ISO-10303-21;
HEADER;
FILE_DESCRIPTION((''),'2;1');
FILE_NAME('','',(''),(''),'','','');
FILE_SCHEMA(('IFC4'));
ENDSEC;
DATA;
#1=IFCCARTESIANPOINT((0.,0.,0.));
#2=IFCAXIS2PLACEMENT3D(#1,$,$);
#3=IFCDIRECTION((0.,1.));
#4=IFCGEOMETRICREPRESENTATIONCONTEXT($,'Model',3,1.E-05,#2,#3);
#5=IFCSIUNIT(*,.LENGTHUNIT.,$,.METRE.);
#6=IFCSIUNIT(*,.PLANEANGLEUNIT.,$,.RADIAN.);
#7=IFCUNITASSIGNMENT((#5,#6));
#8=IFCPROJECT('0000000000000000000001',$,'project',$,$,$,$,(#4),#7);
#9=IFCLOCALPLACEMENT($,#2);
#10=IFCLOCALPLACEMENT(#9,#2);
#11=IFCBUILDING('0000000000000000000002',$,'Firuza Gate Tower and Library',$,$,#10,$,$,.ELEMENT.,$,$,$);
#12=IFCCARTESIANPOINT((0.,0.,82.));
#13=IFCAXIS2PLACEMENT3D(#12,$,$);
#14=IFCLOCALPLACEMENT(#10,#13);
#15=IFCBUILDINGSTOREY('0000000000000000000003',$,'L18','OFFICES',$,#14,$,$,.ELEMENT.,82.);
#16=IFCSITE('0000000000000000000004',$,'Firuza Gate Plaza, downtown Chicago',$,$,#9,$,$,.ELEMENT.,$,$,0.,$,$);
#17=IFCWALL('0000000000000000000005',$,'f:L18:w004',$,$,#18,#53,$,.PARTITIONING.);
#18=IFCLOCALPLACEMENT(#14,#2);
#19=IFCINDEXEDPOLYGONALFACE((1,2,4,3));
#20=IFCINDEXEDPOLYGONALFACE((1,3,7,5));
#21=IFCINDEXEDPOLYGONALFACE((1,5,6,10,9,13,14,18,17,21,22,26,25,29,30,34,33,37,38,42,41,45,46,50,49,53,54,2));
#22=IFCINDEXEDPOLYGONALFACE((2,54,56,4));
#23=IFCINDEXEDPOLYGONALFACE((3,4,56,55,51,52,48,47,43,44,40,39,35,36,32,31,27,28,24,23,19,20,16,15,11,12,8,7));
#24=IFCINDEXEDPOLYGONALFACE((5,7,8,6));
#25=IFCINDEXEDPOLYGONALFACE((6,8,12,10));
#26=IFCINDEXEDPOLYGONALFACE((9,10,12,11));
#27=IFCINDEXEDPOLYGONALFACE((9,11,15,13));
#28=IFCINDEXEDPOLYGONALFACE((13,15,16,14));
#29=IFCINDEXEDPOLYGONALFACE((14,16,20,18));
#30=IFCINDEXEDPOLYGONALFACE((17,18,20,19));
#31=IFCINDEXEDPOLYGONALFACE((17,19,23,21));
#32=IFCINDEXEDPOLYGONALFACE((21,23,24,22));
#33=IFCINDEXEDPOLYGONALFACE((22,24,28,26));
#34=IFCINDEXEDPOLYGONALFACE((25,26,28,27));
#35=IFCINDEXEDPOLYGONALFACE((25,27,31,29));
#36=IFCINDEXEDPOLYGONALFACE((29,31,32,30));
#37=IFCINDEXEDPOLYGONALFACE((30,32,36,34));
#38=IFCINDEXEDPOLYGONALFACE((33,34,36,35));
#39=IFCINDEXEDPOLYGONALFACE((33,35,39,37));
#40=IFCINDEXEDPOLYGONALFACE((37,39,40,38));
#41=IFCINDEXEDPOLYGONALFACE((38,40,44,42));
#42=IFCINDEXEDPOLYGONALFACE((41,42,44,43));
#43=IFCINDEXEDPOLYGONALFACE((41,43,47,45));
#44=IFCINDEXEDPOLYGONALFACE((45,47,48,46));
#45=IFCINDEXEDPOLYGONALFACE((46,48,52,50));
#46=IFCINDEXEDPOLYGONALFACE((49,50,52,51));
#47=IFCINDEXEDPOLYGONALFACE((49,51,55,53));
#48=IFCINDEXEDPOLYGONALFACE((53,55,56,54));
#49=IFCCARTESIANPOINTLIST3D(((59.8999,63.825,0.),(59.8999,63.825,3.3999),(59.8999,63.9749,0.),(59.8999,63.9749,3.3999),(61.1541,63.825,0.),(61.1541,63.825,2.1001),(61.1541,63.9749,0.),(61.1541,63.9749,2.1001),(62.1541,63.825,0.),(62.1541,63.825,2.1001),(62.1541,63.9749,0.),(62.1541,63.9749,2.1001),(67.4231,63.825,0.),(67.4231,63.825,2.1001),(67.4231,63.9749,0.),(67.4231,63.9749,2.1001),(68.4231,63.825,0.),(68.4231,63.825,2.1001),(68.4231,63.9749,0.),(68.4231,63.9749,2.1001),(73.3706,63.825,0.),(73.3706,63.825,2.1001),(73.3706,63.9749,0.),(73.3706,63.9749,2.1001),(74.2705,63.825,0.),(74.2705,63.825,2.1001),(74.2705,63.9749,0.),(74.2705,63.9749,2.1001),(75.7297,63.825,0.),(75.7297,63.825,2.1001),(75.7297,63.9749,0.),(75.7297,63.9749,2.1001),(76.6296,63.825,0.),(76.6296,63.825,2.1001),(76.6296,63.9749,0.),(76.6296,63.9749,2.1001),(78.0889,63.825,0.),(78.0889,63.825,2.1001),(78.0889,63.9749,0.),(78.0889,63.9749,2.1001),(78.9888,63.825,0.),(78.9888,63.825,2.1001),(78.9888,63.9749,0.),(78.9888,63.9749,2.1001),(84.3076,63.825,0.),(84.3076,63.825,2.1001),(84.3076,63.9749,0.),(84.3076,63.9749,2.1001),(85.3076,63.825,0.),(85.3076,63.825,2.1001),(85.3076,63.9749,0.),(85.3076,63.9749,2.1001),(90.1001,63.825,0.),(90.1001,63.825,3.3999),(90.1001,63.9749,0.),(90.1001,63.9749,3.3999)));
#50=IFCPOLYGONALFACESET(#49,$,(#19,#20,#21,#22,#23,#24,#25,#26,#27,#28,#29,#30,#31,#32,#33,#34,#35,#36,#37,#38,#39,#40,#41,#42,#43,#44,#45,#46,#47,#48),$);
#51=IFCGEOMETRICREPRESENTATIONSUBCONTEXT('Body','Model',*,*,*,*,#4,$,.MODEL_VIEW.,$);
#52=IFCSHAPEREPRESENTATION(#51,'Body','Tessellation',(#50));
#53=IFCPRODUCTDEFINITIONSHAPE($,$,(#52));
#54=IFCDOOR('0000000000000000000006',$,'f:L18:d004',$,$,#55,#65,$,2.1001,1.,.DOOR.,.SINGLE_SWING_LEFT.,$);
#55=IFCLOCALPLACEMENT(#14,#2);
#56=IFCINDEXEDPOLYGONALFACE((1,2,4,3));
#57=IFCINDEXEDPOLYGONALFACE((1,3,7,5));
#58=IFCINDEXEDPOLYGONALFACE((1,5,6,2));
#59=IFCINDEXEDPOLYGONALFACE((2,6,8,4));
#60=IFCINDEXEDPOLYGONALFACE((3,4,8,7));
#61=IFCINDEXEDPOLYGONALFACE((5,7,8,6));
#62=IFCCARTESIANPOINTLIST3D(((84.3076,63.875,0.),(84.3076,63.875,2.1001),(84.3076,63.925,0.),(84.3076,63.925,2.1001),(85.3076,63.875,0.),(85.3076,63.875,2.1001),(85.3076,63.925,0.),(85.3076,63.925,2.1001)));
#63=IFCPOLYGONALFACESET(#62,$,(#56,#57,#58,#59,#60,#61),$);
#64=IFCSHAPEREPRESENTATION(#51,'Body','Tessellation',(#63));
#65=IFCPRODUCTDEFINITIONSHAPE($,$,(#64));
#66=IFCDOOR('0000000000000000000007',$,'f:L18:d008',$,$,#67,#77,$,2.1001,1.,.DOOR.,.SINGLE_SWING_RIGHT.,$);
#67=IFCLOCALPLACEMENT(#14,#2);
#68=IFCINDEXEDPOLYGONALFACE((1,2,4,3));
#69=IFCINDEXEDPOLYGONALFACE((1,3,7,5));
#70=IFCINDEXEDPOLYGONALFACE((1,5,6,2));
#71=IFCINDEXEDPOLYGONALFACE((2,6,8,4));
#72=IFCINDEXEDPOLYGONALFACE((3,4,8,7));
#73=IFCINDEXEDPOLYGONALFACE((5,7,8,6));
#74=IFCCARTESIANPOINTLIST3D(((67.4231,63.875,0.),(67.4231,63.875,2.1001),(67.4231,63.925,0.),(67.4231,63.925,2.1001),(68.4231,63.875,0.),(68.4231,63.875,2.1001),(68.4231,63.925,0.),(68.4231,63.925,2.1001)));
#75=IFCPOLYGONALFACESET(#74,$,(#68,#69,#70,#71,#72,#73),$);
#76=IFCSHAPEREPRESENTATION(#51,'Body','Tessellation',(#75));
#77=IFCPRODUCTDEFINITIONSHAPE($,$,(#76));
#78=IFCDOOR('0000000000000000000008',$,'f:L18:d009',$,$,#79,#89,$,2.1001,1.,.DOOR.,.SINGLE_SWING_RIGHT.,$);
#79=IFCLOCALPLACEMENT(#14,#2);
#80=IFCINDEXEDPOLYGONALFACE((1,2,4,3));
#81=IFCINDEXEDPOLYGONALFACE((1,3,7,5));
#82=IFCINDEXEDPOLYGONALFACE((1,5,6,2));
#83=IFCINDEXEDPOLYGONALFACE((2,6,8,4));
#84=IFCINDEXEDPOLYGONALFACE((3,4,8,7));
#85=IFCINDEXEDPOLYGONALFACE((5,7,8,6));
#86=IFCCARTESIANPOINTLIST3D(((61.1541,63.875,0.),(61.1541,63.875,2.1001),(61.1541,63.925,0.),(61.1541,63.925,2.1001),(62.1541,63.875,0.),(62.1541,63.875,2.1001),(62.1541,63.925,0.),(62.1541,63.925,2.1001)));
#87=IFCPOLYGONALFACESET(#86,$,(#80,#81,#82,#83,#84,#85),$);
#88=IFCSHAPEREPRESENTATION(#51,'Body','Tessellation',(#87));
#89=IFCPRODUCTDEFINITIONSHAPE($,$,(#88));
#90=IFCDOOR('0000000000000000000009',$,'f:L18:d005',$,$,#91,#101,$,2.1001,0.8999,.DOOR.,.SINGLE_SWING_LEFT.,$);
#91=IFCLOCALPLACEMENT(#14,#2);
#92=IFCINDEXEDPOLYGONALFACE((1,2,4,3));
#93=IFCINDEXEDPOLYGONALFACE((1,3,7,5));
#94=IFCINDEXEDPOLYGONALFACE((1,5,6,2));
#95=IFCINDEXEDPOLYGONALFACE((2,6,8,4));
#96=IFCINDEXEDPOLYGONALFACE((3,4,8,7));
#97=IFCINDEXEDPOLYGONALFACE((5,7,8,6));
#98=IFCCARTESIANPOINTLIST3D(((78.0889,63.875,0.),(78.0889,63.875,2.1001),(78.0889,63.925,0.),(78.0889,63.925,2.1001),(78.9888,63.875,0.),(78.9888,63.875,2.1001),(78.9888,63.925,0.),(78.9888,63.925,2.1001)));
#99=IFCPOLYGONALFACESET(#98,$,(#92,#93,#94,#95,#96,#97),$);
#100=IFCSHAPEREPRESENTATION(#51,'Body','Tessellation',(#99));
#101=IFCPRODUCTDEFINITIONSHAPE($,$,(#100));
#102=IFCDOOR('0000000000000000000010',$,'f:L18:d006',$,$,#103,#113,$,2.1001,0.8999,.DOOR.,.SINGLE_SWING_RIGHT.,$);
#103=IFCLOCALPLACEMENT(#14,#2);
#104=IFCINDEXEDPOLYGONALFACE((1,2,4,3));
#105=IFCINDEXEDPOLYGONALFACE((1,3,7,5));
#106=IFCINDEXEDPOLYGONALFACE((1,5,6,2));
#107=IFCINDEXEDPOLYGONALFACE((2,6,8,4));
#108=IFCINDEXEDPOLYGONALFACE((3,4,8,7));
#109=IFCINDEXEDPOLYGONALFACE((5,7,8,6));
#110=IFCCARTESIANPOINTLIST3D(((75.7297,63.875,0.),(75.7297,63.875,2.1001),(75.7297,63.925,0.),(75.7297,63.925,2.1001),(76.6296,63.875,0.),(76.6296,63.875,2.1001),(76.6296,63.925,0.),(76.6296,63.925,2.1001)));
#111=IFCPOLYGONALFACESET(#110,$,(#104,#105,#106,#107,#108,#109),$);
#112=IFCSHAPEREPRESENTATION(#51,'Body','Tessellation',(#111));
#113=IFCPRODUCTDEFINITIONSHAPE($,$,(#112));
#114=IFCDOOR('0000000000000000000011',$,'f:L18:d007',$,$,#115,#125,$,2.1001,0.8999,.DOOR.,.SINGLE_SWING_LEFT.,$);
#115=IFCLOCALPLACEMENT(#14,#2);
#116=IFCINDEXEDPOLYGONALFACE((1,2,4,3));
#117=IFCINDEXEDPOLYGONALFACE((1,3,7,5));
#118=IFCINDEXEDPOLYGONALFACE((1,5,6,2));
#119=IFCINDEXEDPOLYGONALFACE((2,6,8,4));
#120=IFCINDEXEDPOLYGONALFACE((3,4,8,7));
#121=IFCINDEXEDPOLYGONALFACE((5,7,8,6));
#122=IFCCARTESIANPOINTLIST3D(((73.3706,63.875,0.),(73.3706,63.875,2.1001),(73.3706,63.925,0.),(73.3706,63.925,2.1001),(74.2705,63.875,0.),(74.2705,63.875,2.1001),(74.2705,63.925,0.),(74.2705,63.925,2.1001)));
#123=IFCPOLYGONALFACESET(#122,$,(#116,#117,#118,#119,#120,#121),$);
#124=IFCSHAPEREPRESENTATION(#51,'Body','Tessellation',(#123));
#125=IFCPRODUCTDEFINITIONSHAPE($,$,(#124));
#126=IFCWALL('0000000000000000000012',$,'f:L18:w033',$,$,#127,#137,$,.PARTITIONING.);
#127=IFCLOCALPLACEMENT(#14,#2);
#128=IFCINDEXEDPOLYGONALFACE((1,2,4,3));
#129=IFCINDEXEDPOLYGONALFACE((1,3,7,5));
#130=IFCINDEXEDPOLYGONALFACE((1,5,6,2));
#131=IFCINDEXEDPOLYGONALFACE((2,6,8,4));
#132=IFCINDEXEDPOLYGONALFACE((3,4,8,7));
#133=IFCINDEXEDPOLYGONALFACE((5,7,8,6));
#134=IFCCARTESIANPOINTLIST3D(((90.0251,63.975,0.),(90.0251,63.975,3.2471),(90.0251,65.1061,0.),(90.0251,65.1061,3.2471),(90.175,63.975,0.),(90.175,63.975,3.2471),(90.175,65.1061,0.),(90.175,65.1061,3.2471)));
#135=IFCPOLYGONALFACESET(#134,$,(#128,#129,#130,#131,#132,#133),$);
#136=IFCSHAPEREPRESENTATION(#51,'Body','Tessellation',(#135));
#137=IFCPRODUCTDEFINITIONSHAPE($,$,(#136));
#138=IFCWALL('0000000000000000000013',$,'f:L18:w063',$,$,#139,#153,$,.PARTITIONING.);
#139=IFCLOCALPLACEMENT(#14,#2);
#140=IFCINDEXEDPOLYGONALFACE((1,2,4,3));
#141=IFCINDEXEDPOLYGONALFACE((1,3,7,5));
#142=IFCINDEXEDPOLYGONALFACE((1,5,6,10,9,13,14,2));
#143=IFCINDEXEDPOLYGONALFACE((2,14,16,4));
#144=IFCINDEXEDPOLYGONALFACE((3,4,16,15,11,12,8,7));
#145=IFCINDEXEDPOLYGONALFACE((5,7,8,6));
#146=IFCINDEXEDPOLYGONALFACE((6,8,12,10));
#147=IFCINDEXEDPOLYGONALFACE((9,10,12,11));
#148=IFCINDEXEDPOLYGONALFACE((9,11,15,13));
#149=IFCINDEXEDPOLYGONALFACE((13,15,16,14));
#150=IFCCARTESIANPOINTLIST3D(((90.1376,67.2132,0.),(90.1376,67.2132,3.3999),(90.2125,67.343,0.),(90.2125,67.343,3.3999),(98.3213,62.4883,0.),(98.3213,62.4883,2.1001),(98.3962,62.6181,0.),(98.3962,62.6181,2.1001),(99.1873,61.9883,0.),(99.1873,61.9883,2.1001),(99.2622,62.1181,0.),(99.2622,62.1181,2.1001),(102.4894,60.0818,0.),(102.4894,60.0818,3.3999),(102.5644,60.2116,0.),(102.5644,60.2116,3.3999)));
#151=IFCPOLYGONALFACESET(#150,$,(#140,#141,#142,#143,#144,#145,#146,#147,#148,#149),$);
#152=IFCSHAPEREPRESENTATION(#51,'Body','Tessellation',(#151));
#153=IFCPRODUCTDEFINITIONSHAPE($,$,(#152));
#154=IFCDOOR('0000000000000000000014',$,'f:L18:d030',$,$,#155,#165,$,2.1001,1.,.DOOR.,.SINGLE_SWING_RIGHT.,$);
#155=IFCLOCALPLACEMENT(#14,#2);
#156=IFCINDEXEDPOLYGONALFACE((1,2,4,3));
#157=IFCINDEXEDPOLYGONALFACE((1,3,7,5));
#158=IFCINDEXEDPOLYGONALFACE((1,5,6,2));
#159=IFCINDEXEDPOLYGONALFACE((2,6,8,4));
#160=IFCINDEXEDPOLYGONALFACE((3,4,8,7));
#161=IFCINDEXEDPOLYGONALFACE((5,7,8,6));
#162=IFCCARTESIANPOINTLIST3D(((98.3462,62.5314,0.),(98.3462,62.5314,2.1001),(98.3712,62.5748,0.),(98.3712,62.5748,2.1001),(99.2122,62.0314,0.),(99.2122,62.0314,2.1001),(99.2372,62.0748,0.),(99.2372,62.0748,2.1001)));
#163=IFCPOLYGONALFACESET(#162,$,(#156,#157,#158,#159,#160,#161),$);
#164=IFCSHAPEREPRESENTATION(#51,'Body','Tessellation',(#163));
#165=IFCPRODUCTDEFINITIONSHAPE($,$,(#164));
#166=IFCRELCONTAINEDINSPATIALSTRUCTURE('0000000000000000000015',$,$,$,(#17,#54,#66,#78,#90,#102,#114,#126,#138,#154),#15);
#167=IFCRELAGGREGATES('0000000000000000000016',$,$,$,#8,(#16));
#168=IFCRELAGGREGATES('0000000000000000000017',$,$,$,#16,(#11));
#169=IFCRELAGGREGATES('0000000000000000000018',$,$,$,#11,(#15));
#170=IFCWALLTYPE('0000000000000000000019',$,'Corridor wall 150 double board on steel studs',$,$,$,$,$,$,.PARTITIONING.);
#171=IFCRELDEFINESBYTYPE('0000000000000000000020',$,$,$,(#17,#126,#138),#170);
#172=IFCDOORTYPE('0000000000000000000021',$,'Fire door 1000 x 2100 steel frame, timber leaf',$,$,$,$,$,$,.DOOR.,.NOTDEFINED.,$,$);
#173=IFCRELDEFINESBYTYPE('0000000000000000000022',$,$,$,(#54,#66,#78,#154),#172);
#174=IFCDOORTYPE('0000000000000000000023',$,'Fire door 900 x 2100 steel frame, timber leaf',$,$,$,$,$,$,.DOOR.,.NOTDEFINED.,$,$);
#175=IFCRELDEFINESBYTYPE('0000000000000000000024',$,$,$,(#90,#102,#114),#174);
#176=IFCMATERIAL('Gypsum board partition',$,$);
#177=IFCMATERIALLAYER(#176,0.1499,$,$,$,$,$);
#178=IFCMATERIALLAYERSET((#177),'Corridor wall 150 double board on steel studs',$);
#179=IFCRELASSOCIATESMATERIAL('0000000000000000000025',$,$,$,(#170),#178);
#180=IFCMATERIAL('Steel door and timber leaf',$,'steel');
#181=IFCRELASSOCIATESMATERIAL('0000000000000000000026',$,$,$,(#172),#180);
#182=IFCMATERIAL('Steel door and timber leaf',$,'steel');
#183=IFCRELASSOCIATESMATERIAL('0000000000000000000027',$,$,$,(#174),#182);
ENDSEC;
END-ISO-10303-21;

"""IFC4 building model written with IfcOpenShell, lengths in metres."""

from ifc_helpers import new_model, si_unit, direction, frame, frame_2d, origin, place, context, subcontext, project, spatial, rectangle, extrude, material, layer, layer_set, type_object, element, fill, save


model = new_model("IFC4")

# Units and contexts
model_context = context("Model", 3, precision=1e-05, world=origin(), true_north=direction((0.0, 1.0)))
body_context = subcontext(model_context, "Body", "Model", "MODEL_VIEW")
ifc_project = project(units=[si_unit("LENGTHUNIT", "METRE"), si_unit("PLANEANGLEUNIT", "RADIAN")], contexts=[model_context])

# Site, building, storey
site_placement = place(None, origin())
site = spatial("IfcSite", under=ifc_project, at=site_placement, Name="Firuza Gate Plaza, downtown Chicago", CompositionType="ELEMENT", RefElevation=0.0)
building_placement = place(site_placement, origin())
building = spatial("IfcBuilding", under=site, at=building_placement, Name="Firuza Gate Tower and Library", CompositionType="ELEMENT")
storey_placement = place(building_placement, frame((0.0, 0.0, 82.0)))
storey = spatial("IfcBuildingStorey", under=building, at=storey_placement, Name="L18", Description="OFFICES", CompositionType="ELEMENT", Elevation=82.0)

# Wall, openings, doors
ifc_material_1 = material(Name="Gypsum board partition")
ifc_layer_1 = layer(ifc_material_1, 0.1499)
ifc_layer_set_1 = layer_set([ifc_layer_1], Name="Corridor wall 150 double board on steel studs")
wall_type_1 = type_object("IfcWallType", Name="Corridor wall 150 double board on steel studs", PredefinedType="PARTITIONING", material=ifc_layer_set_1)
wall_1_placement = place(storey_placement, frame((90.1001, 63.8999, 0.0), z_axis=(0.0, 0.0, 1.0), x_axis=(-1.0, 0.0, 0.0)))
wall_1 = element("IfcWall", 1, at=wall_1_placement, inside=storey, type_object=wall_type_1, Name="f:L18:w004", PredefinedType="PARTITIONING", context=body_context, shape_type="SweptSolid", body=[
    extrude(rectangle(XDim=30.2002, YDim=0.1499, at=frame_2d((15.1001, 0.0))), origin(), (0.0, 0.0, 1.0), 3.3999),
])
opening_1_placement = place(wall_1_placement, frame((4.7925, 0.0, 0.0)))
opening_1 = element("IfcOpeningElement", 2, at=opening_1_placement, cuts=wall_1, PredefinedType="OPENING", context=body_context, shape_type="SweptSolid", body=[
    extrude(rectangle(XDim=1.0, YDim=2.1001, at=frame_2d((0.5, 1.05))), frame((0.0, 0.085, 0.0), z_axis=(0.0, -1.0, 0.0), x_axis=(1.0, 0.0, 0.0)), (0.0, 0.0, 1.0), 0.1699),
])
opening_2_placement = place(wall_1_placement, frame((11.1113, 0.0, 0.0)))
opening_2 = element("IfcOpeningElement", 3, at=opening_2_placement, cuts=wall_1, PredefinedType="OPENING", context=body_context, shape_type="SweptSolid", body=[
    extrude(rectangle(XDim=0.8999, YDim=2.1001, at=frame_2d((0.45, 1.05))), frame((0.0, 0.085, 0.0), z_axis=(0.0, -1.0, 0.0), x_axis=(1.0, 0.0, 0.0)), (0.0, 0.0, 1.0), 0.1699),
])
opening_3_placement = place(wall_1_placement, frame((13.4705, 0.0, 0.0)))
opening_3 = element("IfcOpeningElement", 4, at=opening_3_placement, cuts=wall_1, PredefinedType="OPENING", context=body_context, shape_type="SweptSolid", body=[
    extrude(rectangle(XDim=0.8999, YDim=2.1001, at=frame_2d((0.45, 1.05))), frame((0.0, 0.085, 0.0), z_axis=(0.0, -1.0, 0.0), x_axis=(1.0, 0.0, 0.0)), (0.0, 0.0, 1.0), 0.1699),
])
opening_4_placement = place(wall_1_placement, frame((15.8296, 0.0, 0.0)))
opening_4 = element("IfcOpeningElement", 5, at=opening_4_placement, cuts=wall_1, PredefinedType="OPENING", context=body_context, shape_type="SweptSolid", body=[
    extrude(rectangle(XDim=0.8999, YDim=2.1001, at=frame_2d((0.45, 1.05))), frame((0.0, 0.085, 0.0), z_axis=(0.0, -1.0, 0.0), x_axis=(1.0, 0.0, 0.0)), (0.0, 0.0, 1.0), 0.1699),
])
opening_5_placement = place(wall_1_placement, frame((21.677, 0.0, 0.0)))
opening_5 = element("IfcOpeningElement", 6, at=opening_5_placement, cuts=wall_1, PredefinedType="OPENING", context=body_context, shape_type="SweptSolid", body=[
    extrude(rectangle(XDim=1.0, YDim=2.1001, at=frame_2d((0.5, 1.05))), frame((0.0, 0.085, 0.0), z_axis=(0.0, -1.0, 0.0), x_axis=(1.0, 0.0, 0.0)), (0.0, 0.0, 1.0), 0.1699),
])
opening_6_placement = place(wall_1_placement, frame((27.946, 0.0, 0.0)))
opening_6 = element("IfcOpeningElement", 7, at=opening_6_placement, cuts=wall_1, PredefinedType="OPENING", context=body_context, shape_type="SweptSolid", body=[
    extrude(rectangle(XDim=1.0, YDim=2.1001, at=frame_2d((0.5, 1.05))), frame((0.0, 0.085, 0.0), z_axis=(0.0, -1.0, 0.0), x_axis=(1.0, 0.0, 0.0)), (0.0, 0.0, 1.0), 0.1699),
])
ifc_material_2 = material(Name="Steel door and timber leaf", Category="steel")
door_type_1 = type_object("IfcDoorType", Name="Fire door 1000 x 2100 steel frame, timber leaf", OperationType="NOTDEFINED", PredefinedType="DOOR", material=ifc_material_2)
door_1_placement = place(opening_1_placement, origin())
door_1 = element("IfcDoor", 8, at=door_1_placement, inside=storey, type_object=door_type_1, Name="f:L18:d004", OperationType="SINGLE_SWING_LEFT", OverallHeight=2.1001, OverallWidth=1.0, PredefinedType="DOOR", context=body_context, shape_type="SweptSolid", body=[
    extrude(rectangle(XDim=1.0, YDim=2.1001, at=frame_2d((0.5, 1.05))), frame((0.0, 0.0249, 0.0), z_axis=(0.0, -1.0, 0.0), x_axis=(1.0, 0.0, 0.0)), (0.0, 0.0, 1.0), 0.05),
])
fill(opening_1, door_1)
door_2_placement = place(opening_5_placement, origin())
door_2 = element("IfcDoor", 9, at=door_2_placement, inside=storey, type_object=door_type_1, Name="f:L18:d008", OperationType="SINGLE_SWING_RIGHT", OverallHeight=2.1001, OverallWidth=1.0, PredefinedType="DOOR", context=body_context, shape_type="SweptSolid", body=[
    extrude(rectangle(XDim=1.0, YDim=2.1001, at=frame_2d((0.5, 1.05))), frame((0.0, 0.0249, 0.0), z_axis=(0.0, -1.0, 0.0), x_axis=(1.0, 0.0, 0.0)), (0.0, 0.0, 1.0), 0.05),
])
fill(opening_5, door_2)
door_3_placement = place(opening_6_placement, origin())
door_3 = element("IfcDoor", 10, at=door_3_placement, inside=storey, type_object=door_type_1, Name="f:L18:d009", OperationType="SINGLE_SWING_RIGHT", OverallHeight=2.1001, OverallWidth=1.0, PredefinedType="DOOR", context=body_context, shape_type="SweptSolid", body=[
    extrude(rectangle(XDim=1.0, YDim=2.1001, at=frame_2d((0.5, 1.05))), frame((0.0, 0.0249, 0.0), z_axis=(0.0, -1.0, 0.0), x_axis=(1.0, 0.0, 0.0)), (0.0, 0.0, 1.0), 0.05),
])
fill(opening_6, door_3)
ifc_material_3 = material(Name="Steel door and timber leaf", Category="steel")
door_type_2 = type_object("IfcDoorType", Name="Fire door 900 x 2100 steel frame, timber leaf", OperationType="NOTDEFINED", PredefinedType="DOOR", material=ifc_material_3)
door_4_placement = place(opening_2_placement, origin())
door_4 = element("IfcDoor", 11, at=door_4_placement, inside=storey, type_object=door_type_2, Name="f:L18:d005", OperationType="SINGLE_SWING_LEFT", OverallHeight=2.1001, OverallWidth=0.8999, PredefinedType="DOOR", context=body_context, shape_type="SweptSolid", body=[
    extrude(rectangle(XDim=0.8999, YDim=2.1001, at=frame_2d((0.45, 1.05))), frame((0.0, 0.0249, 0.0), z_axis=(0.0, -1.0, 0.0), x_axis=(1.0, 0.0, 0.0)), (0.0, 0.0, 1.0), 0.05),
])
fill(opening_2, door_4)
door_5_placement = place(opening_3_placement, origin())
door_5 = element("IfcDoor", 12, at=door_5_placement, inside=storey, type_object=door_type_2, Name="f:L18:d006", OperationType="SINGLE_SWING_RIGHT", OverallHeight=2.1001, OverallWidth=0.8999, PredefinedType="DOOR", context=body_context, shape_type="SweptSolid", body=[
    extrude(rectangle(XDim=0.8999, YDim=2.1001, at=frame_2d((0.45, 1.05))), frame((0.0, 0.0249, 0.0), z_axis=(0.0, -1.0, 0.0), x_axis=(1.0, 0.0, 0.0)), (0.0, 0.0, 1.0), 0.05),
])
fill(opening_3, door_5)
door_6_placement = place(opening_4_placement, origin())
door_6 = element("IfcDoor", 13, at=door_6_placement, inside=storey, type_object=door_type_2, Name="f:L18:d007", OperationType="SINGLE_SWING_LEFT", OverallHeight=2.1001, OverallWidth=0.8999, PredefinedType="DOOR", context=body_context, shape_type="SweptSolid", body=[
    extrude(rectangle(XDim=0.8999, YDim=2.1001, at=frame_2d((0.45, 1.05))), frame((0.0, 0.0249, 0.0), z_axis=(0.0, -1.0, 0.0), x_axis=(1.0, 0.0, 0.0)), (0.0, 0.0, 1.0), 0.05),
])
fill(opening_4, door_6)

# Wall
wall_2_placement = place(storey_placement, frame((90.1001, 63.9751, 0.0), z_axis=(0.0, 0.0, 1.0), x_axis=(0.0, 1.0, 0.0)))
element("IfcWall", 14, at=wall_2_placement, inside=storey, type_object=wall_type_1, Name="f:L18:w033", PredefinedType="PARTITIONING", context=body_context, shape_type="SweptSolid", body=[
    extrude(rectangle(XDim=1.1311, YDim=0.1499, at=frame_2d((0.5654, 0.0))), origin(), (0.0, 0.0, 1.0), 3.2471),
])

# Wall, opening, door
wall_3_placement = place(storey_placement, frame((90.175, 67.2781, 0.0), z_axis=(0.0, 0.0, 1.0), x_axis=(0.866025, -0.500002, 0.0)))
wall_3 = element("IfcWall", 15, at=wall_3_placement, inside=storey, type_object=wall_type_1, Name="f:L18:w063", PredefinedType="PARTITIONING", context=body_context, shape_type="SweptSolid", body=[
    extrude(rectangle(XDim=14.2627, YDim=0.1499, at=frame_2d((7.1313, 0.0))), origin(), (0.0, 0.0, 1.0), 3.3999),
])
opening_7_placement = place(wall_3_placement, frame((9.4497, 0.0, 0.0)))
opening_7 = element("IfcOpeningElement", 16, at=opening_7_placement, cuts=wall_3, PredefinedType="OPENING", context=body_context, shape_type="SweptSolid", body=[
    extrude(rectangle(XDim=1.0, YDim=2.1001, at=frame_2d((0.5, 1.05))), frame((0.0, 0.085, 0.0), z_axis=(0.0, -1.0, 0.0), x_axis=(1.0, 0.0, 0.0)), (0.0, 0.0, 1.0), 0.1699),
])
door_7_placement = place(opening_7_placement, origin())
door_7 = element("IfcDoor", 17, at=door_7_placement, inside=storey, type_object=door_type_1, Name="f:L18:d030", OperationType="SINGLE_SWING_RIGHT", OverallHeight=2.1001, OverallWidth=1.0, PredefinedType="DOOR", context=body_context, shape_type="SweptSolid", body=[
    extrude(rectangle(XDim=1.0, YDim=2.1001, at=frame_2d((0.5, 1.05))), frame((0.0, 0.0249, 0.0), z_axis=(0.0, -1.0, 0.0), x_axis=(1.0, 0.0, 0.0)), (0.0, 0.0, 1.0), 0.05),
])
fill(opening_7, door_7)

save(model, "model.ifc")
